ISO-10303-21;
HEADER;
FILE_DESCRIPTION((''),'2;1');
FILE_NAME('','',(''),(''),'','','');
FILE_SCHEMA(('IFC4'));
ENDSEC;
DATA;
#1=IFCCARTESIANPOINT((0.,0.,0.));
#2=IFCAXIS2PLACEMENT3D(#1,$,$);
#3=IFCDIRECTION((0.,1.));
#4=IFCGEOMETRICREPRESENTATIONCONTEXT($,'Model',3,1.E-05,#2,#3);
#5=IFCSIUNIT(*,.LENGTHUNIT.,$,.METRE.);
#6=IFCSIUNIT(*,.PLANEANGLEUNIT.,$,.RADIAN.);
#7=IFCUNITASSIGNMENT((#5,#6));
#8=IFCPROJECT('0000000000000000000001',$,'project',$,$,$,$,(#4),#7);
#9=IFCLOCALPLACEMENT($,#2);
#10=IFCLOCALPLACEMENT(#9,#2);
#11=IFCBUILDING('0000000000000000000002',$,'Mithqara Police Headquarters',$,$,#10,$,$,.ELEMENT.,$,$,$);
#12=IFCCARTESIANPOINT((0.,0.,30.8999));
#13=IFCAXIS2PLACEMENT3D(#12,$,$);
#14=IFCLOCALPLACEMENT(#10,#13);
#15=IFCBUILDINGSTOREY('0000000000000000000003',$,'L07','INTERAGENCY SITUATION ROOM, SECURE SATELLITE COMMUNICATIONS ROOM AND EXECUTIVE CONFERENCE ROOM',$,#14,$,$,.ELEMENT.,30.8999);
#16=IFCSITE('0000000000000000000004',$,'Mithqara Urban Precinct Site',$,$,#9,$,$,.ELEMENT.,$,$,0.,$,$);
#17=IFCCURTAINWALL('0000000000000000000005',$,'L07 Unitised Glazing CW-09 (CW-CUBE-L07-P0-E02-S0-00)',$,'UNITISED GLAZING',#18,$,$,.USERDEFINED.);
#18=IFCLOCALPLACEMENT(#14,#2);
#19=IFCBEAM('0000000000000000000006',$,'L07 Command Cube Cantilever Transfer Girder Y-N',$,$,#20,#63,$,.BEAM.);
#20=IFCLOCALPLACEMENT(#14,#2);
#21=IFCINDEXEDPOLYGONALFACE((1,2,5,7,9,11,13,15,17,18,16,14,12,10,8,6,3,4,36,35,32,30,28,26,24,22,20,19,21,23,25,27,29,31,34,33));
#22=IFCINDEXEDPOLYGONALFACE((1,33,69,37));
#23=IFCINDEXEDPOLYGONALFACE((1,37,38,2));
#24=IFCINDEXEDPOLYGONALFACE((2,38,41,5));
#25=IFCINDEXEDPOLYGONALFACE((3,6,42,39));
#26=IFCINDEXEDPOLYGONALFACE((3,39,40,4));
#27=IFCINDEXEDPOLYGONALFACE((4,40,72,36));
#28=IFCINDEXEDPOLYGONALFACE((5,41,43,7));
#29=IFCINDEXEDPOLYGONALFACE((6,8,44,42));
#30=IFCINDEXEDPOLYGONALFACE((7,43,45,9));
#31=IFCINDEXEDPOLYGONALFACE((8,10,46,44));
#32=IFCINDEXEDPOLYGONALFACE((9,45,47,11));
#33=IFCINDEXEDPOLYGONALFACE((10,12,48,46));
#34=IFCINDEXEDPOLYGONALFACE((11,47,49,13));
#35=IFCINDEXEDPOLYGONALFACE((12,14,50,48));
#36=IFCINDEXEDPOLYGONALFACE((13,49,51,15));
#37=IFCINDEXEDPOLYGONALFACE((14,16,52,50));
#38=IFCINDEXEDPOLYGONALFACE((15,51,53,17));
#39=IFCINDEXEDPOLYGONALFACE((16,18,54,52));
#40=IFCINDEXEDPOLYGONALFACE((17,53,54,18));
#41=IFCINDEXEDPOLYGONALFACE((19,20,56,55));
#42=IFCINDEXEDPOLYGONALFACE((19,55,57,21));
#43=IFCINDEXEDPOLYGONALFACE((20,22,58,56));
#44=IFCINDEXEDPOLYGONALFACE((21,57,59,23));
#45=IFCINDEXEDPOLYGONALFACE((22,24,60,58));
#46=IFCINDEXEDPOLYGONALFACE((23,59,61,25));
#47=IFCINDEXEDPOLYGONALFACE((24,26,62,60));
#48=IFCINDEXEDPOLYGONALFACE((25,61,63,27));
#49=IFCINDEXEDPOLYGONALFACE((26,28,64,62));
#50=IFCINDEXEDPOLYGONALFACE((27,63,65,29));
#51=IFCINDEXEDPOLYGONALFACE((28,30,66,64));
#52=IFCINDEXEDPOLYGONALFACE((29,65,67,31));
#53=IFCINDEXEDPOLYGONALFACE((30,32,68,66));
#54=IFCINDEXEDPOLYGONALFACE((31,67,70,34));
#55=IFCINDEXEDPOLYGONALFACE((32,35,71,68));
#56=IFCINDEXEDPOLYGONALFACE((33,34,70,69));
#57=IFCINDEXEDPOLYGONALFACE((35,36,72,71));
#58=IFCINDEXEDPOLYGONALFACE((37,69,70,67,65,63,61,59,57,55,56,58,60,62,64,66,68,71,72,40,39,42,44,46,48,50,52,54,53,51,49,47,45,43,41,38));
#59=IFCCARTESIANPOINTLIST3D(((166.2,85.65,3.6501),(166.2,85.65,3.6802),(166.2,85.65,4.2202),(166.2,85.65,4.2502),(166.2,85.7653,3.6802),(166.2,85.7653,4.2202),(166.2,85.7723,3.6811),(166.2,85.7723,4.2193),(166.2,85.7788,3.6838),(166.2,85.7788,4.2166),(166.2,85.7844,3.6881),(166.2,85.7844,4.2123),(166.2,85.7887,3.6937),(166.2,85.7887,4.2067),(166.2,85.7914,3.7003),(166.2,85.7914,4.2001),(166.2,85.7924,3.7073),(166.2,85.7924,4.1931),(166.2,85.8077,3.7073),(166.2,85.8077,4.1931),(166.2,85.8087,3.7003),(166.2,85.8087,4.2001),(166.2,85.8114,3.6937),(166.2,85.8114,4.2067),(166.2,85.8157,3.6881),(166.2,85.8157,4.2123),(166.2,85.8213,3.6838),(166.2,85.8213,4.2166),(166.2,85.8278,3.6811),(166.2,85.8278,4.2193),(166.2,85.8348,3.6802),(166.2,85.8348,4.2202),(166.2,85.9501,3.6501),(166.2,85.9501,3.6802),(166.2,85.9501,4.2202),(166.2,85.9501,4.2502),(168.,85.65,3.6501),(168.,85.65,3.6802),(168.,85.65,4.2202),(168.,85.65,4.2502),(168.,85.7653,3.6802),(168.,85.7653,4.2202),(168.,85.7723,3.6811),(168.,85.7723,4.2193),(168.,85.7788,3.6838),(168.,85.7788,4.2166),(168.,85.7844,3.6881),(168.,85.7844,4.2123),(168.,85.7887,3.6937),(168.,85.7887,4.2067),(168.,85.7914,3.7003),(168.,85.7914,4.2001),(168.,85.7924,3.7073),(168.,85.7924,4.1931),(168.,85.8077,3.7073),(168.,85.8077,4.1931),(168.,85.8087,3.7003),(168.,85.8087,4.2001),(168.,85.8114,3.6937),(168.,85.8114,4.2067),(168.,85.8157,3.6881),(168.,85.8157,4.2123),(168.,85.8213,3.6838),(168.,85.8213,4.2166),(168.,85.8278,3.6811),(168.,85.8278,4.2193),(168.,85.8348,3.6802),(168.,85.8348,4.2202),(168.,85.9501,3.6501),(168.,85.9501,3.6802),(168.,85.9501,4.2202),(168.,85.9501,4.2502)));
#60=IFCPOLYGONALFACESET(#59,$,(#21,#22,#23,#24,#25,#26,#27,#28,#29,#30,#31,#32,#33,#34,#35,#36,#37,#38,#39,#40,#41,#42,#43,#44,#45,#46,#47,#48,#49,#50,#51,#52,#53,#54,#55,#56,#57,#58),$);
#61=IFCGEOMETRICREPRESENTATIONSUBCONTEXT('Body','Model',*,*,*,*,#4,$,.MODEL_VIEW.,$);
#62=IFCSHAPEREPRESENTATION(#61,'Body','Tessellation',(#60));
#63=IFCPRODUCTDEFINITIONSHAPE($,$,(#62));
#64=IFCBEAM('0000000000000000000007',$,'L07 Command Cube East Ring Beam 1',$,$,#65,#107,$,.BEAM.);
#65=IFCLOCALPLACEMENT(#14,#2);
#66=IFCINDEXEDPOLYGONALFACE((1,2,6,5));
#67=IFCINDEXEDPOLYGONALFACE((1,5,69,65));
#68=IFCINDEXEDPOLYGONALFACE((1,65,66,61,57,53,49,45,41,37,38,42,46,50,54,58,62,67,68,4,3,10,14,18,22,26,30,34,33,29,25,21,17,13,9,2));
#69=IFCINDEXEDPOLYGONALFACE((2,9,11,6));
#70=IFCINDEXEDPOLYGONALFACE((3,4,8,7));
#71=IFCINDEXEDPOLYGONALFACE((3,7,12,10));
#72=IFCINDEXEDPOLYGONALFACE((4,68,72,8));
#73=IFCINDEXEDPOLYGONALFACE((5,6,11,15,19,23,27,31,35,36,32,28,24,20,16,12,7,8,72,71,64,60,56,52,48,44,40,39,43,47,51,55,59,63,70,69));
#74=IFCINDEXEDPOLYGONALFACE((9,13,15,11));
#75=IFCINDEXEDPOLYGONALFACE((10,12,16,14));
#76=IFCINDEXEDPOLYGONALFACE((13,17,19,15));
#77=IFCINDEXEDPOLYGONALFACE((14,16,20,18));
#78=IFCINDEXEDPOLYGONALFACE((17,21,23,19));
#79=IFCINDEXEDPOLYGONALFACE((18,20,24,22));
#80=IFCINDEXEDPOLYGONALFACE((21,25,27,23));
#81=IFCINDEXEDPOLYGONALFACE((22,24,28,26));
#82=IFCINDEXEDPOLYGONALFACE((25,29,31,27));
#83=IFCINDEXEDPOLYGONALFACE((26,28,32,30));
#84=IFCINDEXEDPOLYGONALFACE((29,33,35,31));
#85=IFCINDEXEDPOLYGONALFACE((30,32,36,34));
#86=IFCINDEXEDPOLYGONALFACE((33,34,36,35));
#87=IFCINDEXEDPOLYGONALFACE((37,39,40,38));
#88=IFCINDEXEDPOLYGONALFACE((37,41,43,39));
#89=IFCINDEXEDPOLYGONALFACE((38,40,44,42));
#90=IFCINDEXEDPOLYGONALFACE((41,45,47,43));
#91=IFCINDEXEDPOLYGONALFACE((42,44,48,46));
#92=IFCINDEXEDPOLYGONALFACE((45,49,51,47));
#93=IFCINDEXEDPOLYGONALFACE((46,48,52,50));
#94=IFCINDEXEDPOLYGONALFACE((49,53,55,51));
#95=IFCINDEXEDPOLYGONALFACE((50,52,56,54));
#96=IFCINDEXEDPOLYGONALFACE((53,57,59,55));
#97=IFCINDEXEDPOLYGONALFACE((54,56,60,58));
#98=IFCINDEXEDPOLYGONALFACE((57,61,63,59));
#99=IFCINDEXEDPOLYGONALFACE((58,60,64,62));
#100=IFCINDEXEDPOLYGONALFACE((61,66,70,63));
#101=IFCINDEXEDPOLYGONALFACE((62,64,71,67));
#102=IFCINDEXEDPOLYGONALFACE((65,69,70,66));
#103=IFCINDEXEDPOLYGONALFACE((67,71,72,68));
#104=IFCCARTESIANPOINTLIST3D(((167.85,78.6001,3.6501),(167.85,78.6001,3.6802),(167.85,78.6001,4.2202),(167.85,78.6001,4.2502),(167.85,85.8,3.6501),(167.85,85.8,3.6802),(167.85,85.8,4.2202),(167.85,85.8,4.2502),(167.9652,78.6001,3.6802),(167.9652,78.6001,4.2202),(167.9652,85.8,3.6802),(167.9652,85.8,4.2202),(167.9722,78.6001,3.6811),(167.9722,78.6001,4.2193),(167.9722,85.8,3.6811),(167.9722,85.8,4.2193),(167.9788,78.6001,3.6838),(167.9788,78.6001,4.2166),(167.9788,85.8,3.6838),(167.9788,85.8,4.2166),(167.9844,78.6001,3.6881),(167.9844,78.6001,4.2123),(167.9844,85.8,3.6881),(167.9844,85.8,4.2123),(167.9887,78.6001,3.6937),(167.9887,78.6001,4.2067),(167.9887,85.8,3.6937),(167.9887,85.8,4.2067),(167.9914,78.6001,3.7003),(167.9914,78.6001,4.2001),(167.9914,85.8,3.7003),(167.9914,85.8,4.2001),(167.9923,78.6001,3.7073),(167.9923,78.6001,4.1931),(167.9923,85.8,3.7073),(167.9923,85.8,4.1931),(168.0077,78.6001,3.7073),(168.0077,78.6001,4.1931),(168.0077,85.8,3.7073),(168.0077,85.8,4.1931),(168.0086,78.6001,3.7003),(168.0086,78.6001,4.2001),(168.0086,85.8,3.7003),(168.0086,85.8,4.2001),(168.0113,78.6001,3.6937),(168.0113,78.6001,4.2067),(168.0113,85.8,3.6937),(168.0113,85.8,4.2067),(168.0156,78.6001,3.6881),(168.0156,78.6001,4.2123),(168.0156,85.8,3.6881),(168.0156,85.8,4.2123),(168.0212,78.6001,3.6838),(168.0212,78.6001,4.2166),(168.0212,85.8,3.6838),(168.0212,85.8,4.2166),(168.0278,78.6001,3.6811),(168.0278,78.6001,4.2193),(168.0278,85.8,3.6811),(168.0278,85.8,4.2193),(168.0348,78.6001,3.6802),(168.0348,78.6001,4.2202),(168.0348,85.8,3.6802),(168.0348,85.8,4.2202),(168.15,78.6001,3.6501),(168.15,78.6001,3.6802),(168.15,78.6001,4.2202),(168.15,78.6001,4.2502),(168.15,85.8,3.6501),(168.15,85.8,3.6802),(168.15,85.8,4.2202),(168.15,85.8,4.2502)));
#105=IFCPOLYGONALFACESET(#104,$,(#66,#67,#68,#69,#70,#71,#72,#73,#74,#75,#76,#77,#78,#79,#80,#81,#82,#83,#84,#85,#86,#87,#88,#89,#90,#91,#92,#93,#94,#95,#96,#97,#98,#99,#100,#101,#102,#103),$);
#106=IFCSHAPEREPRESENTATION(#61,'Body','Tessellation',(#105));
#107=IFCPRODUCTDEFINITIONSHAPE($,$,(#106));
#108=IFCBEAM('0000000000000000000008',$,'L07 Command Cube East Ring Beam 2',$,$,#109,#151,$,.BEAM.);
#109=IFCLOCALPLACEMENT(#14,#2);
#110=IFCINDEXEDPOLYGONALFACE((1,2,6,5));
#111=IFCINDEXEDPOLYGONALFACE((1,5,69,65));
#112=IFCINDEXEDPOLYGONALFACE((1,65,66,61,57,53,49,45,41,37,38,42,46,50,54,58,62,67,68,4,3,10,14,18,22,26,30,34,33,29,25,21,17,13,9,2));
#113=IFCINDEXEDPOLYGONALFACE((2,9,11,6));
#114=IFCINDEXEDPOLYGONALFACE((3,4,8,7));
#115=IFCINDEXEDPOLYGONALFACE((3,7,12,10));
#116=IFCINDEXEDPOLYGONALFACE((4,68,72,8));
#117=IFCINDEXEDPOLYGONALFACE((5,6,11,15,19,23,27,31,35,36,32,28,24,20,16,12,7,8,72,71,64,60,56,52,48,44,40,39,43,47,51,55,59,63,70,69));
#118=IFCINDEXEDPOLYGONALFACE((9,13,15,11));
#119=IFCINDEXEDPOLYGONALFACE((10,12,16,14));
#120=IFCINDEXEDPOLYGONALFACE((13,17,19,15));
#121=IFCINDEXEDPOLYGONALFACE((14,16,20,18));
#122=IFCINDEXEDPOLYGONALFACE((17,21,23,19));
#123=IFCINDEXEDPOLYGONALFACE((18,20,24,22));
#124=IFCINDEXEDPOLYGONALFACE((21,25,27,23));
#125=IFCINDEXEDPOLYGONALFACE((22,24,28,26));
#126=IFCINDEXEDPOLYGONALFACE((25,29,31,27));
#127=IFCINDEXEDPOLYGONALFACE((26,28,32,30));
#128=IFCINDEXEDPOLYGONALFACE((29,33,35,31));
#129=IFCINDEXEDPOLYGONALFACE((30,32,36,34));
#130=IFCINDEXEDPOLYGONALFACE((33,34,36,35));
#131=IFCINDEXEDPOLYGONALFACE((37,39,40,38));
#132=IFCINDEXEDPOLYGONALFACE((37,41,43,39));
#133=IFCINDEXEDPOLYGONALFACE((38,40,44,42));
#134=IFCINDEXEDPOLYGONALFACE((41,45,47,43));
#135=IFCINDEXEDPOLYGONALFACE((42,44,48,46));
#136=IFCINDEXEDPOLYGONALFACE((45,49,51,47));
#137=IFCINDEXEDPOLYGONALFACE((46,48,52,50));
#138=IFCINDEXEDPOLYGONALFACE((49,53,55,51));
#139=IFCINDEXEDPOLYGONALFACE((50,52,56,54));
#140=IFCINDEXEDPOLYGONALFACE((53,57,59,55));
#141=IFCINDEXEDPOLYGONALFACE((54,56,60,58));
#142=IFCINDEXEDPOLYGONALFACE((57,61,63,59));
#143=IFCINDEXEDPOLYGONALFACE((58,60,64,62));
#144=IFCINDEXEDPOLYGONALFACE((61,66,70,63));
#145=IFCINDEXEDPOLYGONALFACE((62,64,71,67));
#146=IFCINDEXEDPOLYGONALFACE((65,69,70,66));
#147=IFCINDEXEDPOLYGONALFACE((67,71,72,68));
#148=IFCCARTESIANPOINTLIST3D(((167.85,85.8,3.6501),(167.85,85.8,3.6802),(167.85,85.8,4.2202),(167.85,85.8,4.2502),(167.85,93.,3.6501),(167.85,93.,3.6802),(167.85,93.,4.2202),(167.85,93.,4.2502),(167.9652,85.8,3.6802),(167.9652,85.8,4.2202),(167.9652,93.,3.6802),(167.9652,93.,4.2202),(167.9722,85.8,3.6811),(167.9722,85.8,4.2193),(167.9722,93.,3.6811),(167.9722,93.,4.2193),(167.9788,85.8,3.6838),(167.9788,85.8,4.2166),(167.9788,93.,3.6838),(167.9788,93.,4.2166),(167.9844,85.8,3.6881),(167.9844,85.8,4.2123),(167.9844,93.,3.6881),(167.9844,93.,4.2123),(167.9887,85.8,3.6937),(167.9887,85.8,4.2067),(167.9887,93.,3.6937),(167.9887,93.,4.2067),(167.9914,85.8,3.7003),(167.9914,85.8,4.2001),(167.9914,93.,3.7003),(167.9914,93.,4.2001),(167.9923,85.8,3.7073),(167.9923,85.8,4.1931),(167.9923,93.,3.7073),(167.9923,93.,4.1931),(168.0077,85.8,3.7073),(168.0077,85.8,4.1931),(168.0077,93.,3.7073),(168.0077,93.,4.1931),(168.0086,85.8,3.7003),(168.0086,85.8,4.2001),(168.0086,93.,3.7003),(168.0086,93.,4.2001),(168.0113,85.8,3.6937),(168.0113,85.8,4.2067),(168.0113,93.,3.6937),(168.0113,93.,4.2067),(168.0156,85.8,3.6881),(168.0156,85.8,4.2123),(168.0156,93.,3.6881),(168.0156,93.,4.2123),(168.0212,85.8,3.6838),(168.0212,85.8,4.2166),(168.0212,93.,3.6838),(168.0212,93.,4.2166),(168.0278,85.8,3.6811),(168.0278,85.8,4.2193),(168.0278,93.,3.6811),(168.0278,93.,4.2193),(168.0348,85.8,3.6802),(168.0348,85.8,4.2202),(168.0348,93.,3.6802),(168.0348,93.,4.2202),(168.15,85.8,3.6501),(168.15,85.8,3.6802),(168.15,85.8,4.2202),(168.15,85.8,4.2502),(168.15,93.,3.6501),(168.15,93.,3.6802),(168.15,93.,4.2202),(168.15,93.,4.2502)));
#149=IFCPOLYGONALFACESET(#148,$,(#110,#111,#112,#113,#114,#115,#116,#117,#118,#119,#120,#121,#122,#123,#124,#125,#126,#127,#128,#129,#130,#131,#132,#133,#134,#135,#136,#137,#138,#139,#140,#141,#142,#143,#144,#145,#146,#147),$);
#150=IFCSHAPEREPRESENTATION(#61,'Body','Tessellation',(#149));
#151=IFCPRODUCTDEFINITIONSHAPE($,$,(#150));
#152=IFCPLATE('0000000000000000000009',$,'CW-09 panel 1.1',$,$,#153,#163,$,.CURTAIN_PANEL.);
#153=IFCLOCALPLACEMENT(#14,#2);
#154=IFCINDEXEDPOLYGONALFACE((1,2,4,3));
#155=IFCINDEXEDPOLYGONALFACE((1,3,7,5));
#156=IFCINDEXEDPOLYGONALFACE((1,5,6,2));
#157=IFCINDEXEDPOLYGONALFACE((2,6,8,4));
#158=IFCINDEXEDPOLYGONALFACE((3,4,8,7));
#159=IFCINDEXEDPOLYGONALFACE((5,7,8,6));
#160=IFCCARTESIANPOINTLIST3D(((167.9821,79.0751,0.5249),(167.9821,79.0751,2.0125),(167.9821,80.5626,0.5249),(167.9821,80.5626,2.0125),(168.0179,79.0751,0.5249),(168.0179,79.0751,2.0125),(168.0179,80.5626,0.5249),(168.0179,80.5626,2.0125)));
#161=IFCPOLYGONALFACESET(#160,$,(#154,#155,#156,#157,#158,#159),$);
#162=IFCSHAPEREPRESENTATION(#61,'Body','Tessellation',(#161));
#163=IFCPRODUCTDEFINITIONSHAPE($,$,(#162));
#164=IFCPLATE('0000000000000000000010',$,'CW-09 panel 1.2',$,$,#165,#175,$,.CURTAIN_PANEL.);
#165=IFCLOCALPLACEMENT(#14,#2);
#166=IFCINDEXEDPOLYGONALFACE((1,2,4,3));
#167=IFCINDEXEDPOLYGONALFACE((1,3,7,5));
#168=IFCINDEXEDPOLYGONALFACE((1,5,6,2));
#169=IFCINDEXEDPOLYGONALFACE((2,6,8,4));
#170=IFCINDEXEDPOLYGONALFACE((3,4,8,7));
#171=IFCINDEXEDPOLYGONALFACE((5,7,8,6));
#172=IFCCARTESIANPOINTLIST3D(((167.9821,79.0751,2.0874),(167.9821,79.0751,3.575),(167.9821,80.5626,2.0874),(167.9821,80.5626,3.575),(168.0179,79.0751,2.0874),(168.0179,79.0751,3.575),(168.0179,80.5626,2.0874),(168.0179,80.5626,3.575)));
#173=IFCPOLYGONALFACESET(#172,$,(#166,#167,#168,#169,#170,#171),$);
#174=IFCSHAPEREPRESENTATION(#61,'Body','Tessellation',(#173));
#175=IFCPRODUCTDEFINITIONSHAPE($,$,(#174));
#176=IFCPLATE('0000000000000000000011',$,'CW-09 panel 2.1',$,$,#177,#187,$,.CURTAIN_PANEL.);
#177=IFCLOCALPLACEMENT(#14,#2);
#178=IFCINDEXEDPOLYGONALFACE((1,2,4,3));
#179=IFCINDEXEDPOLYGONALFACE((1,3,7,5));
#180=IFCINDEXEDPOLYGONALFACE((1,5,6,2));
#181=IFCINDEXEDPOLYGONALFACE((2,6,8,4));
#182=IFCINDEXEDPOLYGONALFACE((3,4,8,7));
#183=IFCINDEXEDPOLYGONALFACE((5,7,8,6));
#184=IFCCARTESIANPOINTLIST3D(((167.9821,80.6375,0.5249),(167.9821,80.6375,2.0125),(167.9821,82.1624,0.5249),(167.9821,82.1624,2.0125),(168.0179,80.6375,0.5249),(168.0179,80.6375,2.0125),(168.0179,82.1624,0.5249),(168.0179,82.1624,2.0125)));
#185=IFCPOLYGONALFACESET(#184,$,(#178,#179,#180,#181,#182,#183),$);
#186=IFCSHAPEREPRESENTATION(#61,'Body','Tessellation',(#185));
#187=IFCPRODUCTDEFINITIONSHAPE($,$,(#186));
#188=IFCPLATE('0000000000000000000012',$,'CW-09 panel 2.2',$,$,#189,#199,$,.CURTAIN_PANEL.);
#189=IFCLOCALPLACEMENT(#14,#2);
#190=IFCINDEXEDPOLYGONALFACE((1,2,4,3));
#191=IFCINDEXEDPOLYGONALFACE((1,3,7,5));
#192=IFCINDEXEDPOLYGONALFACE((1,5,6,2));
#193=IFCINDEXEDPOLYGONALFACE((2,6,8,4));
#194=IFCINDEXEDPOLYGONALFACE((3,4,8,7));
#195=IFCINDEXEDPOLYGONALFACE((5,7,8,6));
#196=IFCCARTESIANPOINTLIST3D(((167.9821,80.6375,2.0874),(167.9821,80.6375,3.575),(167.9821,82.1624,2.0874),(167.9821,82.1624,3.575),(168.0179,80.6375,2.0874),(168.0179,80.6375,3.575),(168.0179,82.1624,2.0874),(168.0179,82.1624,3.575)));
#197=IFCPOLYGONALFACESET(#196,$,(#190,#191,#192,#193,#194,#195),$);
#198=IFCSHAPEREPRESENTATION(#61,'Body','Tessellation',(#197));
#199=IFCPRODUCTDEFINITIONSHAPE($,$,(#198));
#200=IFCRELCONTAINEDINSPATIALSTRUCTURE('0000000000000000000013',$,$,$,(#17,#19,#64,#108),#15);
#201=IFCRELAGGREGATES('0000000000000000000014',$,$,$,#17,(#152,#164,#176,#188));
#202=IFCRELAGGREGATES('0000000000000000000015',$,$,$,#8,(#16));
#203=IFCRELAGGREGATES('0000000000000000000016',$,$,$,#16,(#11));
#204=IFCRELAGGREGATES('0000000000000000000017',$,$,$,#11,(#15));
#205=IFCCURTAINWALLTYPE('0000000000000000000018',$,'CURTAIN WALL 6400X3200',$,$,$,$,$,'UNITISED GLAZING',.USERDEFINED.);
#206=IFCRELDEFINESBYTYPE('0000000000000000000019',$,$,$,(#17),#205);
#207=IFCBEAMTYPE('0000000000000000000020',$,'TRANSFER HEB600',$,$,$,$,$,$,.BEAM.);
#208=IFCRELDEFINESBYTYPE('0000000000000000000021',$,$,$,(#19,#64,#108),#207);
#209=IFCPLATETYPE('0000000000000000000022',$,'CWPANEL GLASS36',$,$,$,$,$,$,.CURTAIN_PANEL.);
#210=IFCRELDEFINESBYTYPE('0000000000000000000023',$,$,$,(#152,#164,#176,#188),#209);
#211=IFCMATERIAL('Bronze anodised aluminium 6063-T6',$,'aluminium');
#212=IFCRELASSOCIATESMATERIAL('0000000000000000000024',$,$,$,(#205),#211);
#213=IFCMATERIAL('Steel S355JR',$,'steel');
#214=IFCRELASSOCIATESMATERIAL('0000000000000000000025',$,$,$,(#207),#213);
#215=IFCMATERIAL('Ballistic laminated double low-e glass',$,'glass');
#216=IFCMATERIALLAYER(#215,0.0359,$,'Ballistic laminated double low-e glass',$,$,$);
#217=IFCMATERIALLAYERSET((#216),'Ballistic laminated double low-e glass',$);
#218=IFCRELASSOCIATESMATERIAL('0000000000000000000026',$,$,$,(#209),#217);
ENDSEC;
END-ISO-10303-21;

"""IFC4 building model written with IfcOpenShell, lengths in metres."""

from ifc_helpers import new_model, si_unit, direction, frame, origin, origin_2d, place, context, subcontext, project, spatial, rectangle, i_section, extrude, material, layer, layer_set, material_profile, profile_set, type_object, element, aggregate, save


model = new_model("IFC4")

# Units and contexts
model_context = context("Model", 3, precision=1e-05, world=origin(), true_north=direction((0.0, 1.0)))
body_context = subcontext(model_context, "Body", "Model", "MODEL_VIEW")
ifc_project = project(units=[si_unit("LENGTHUNIT", "METRE"), si_unit("PLANEANGLEUNIT", "RADIAN")], contexts=[model_context])

# Site, building, storey
site_placement = place(None, origin())
site = spatial("IfcSite", under=ifc_project, at=site_placement, Name="Mithqara Urban Precinct Site", CompositionType="ELEMENT", RefElevation=0.0)
building_placement = place(site_placement, origin())
building = spatial("IfcBuilding", under=site, at=building_placement, Name="Mithqara Police Headquarters", CompositionType="ELEMENT")
storey_placement = place(building_placement, frame((0.0, 0.0, 30.8999)))
storey = spatial("IfcBuildingStorey", under=building, at=storey_placement, Name="L07", Description="INTERAGENCY SITUATION ROOM, SECURE SATELLITE COMMUNICATIONS ROOM AND EXECUTIVE CONFERENCE ROOM", CompositionType="ELEMENT", Elevation=30.8999)

# Shared definitions
ifc_material_1 = material(Name="Steel S355JR", Category="steel")

# Curtain wall
ifc_material_2 = material(Name="Bronze anodised aluminium 6063-T6", Category="aluminium")
curtain_wall_type = type_object("IfcCurtainWallType", Name="CURTAIN WALL 6400X3200", ElementType="UNITISED GLAZING", PredefinedType="USERDEFINED", material=ifc_material_2)
curtain_wall_1_placement = place(storey_placement, origin())
curtain_wall_1 = element("IfcCurtainWall", 1, at=curtain_wall_1_placement, inside=storey, type_object=curtain_wall_type, Name="L07 Unitised Glazing CW-09 (CW-CUBE-L07-P0-E02-S0-00)", ObjectType="UNITISED GLAZING", PredefinedType="USERDEFINED")

# Beams
ifc_material_profile_1 = material_profile(ifc_material_1, i_section(OverallWidth=0.3, OverallDepth=0.6001, WebThickness=0.0154, FlangeThickness=0.03, FilletRadius=0.0271, at=origin_2d()), Name="HEB 600")
ifc_profile_set_1 = profile_set([ifc_material_profile_1], Name="Steel S355JR")
beam_type = type_object("IfcBeamType", Name="TRANSFER HEB600", PredefinedType="BEAM", material=ifc_profile_set_1)
beam_placement = place(storey_placement, frame((166.2, 85.8, 3.9502), z_axis=(1.0, 0.0, 0.0), x_axis=(0.0, 1.0, 0.0)))
element("IfcBeam", 2, at=beam_placement, inside=storey, type_object=beam_type, Name="L07 Command Cube Cantilever Transfer Girder Y-N", PredefinedType="BEAM", context=body_context, shape_type="SweptSolid", body=[
    extrude(i_section(OverallWidth=0.3, OverallDepth=0.6001, WebThickness=0.0154, FlangeThickness=0.03, FilletRadius=0.0271, at=origin_2d()), origin(), (0.0, 0.0, 1.0), 1.8),
])
for number, where, z_axis, x_axis, name in (
    (3, (168.0, 78.6001, 3.9502), (0.0, 1.0, 0.0), (-1.0, 0.0, 0.0), "L07 Command Cube East Ring Beam 1"),
    (4, (168.0, 85.8, 3.9502), (0.0, 1.0, 0.0), (-1.0, 0.0, 0.0), "L07 Command Cube East Ring Beam 2"),
):
    element("IfcBeam", number, at=place(storey_placement, frame(where, z_axis=z_axis, x_axis=x_axis)), inside=storey, type_object=beam_type, Name=name, PredefinedType="BEAM", context=body_context, shape_type="SweptSolid", body=[
        extrude(i_section(OverallWidth=0.3, OverallDepth=0.6001, WebThickness=0.0154, FlangeThickness=0.03, FilletRadius=0.0271, at=origin_2d()), origin(), (0.0, 0.0, 1.0), 7.2),
    ])

# Plates
ifc_material_3 = material(Name="Ballistic laminated double low-e glass", Category="glass")
ifc_layer_1 = layer(ifc_material_3, 0.0359, Name="Ballistic laminated double low-e glass")
ifc_layer_set_1 = layer_set([ifc_layer_1], Name="Ballistic laminated double low-e glass")
plate_type = type_object("IfcPlateType", Name="CWPANEL GLASS36", PredefinedType="CURTAIN_PANEL", material=ifc_layer_set_1)
plate_1_placement = place(storey_placement, frame((168.0, 79.8188, 0.5249), z_axis=(0.0, 0.0, 1.0), x_axis=(0.0, 1.0, 0.0)))
plate_1 = element("IfcPlate", 5, at=plate_1_placement, type_object=plate_type, Name="CW-09 panel 1.1", PredefinedType="CURTAIN_PANEL", context=body_context, shape_type="SweptSolid", body=[
    extrude(rectangle(XDim=1.4875, YDim=0.0359, at=origin_2d()), origin(), (0.0, 0.0, 1.0), 1.4875),
])
plate_2_placement = place(storey_placement, frame((168.0, 79.8188, 2.0874), z_axis=(0.0, 0.0, 1.0), x_axis=(0.0, 1.0, 0.0)))
plate_2 = element("IfcPlate", 6, at=plate_2_placement, type_object=plate_type, Name="CW-09 panel 1.2", PredefinedType="CURTAIN_PANEL", context=body_context, shape_type="SweptSolid", body=[
    extrude(rectangle(XDim=1.4875, YDim=0.0359, at=origin_2d()), origin(), (0.0, 0.0, 1.0), 1.4875),
])
plate_3_placement = place(storey_placement, frame((168.0, 81.3999, 0.5249), z_axis=(0.0, 0.0, 1.0), x_axis=(0.0, 1.0, 0.0)))
plate_3 = element("IfcPlate", 7, at=plate_3_placement, type_object=plate_type, Name="CW-09 panel 2.1", PredefinedType="CURTAIN_PANEL", context=body_context, shape_type="SweptSolid", body=[
    extrude(rectangle(XDim=1.5249, YDim=0.0359, at=origin_2d()), origin(), (0.0, 0.0, 1.0), 1.4875),
])
plate_4_placement = place(storey_placement, frame((168.0, 81.3999, 2.0874), z_axis=(0.0, 0.0, 1.0), x_axis=(0.0, 1.0, 0.0)))
plate_4 = element("IfcPlate", 8, at=plate_4_placement, type_object=plate_type, Name="CW-09 panel 2.2", PredefinedType="CURTAIN_PANEL", context=body_context, shape_type="SweptSolid", body=[
    extrude(rectangle(XDim=1.5249, YDim=0.0359, at=origin_2d()), origin(), (0.0, 0.0, 1.0), 1.4875),
])
aggregate(curtain_wall_1, [plate_1, plate_2, plate_3, plate_4])

save(model, "model.ifc")
